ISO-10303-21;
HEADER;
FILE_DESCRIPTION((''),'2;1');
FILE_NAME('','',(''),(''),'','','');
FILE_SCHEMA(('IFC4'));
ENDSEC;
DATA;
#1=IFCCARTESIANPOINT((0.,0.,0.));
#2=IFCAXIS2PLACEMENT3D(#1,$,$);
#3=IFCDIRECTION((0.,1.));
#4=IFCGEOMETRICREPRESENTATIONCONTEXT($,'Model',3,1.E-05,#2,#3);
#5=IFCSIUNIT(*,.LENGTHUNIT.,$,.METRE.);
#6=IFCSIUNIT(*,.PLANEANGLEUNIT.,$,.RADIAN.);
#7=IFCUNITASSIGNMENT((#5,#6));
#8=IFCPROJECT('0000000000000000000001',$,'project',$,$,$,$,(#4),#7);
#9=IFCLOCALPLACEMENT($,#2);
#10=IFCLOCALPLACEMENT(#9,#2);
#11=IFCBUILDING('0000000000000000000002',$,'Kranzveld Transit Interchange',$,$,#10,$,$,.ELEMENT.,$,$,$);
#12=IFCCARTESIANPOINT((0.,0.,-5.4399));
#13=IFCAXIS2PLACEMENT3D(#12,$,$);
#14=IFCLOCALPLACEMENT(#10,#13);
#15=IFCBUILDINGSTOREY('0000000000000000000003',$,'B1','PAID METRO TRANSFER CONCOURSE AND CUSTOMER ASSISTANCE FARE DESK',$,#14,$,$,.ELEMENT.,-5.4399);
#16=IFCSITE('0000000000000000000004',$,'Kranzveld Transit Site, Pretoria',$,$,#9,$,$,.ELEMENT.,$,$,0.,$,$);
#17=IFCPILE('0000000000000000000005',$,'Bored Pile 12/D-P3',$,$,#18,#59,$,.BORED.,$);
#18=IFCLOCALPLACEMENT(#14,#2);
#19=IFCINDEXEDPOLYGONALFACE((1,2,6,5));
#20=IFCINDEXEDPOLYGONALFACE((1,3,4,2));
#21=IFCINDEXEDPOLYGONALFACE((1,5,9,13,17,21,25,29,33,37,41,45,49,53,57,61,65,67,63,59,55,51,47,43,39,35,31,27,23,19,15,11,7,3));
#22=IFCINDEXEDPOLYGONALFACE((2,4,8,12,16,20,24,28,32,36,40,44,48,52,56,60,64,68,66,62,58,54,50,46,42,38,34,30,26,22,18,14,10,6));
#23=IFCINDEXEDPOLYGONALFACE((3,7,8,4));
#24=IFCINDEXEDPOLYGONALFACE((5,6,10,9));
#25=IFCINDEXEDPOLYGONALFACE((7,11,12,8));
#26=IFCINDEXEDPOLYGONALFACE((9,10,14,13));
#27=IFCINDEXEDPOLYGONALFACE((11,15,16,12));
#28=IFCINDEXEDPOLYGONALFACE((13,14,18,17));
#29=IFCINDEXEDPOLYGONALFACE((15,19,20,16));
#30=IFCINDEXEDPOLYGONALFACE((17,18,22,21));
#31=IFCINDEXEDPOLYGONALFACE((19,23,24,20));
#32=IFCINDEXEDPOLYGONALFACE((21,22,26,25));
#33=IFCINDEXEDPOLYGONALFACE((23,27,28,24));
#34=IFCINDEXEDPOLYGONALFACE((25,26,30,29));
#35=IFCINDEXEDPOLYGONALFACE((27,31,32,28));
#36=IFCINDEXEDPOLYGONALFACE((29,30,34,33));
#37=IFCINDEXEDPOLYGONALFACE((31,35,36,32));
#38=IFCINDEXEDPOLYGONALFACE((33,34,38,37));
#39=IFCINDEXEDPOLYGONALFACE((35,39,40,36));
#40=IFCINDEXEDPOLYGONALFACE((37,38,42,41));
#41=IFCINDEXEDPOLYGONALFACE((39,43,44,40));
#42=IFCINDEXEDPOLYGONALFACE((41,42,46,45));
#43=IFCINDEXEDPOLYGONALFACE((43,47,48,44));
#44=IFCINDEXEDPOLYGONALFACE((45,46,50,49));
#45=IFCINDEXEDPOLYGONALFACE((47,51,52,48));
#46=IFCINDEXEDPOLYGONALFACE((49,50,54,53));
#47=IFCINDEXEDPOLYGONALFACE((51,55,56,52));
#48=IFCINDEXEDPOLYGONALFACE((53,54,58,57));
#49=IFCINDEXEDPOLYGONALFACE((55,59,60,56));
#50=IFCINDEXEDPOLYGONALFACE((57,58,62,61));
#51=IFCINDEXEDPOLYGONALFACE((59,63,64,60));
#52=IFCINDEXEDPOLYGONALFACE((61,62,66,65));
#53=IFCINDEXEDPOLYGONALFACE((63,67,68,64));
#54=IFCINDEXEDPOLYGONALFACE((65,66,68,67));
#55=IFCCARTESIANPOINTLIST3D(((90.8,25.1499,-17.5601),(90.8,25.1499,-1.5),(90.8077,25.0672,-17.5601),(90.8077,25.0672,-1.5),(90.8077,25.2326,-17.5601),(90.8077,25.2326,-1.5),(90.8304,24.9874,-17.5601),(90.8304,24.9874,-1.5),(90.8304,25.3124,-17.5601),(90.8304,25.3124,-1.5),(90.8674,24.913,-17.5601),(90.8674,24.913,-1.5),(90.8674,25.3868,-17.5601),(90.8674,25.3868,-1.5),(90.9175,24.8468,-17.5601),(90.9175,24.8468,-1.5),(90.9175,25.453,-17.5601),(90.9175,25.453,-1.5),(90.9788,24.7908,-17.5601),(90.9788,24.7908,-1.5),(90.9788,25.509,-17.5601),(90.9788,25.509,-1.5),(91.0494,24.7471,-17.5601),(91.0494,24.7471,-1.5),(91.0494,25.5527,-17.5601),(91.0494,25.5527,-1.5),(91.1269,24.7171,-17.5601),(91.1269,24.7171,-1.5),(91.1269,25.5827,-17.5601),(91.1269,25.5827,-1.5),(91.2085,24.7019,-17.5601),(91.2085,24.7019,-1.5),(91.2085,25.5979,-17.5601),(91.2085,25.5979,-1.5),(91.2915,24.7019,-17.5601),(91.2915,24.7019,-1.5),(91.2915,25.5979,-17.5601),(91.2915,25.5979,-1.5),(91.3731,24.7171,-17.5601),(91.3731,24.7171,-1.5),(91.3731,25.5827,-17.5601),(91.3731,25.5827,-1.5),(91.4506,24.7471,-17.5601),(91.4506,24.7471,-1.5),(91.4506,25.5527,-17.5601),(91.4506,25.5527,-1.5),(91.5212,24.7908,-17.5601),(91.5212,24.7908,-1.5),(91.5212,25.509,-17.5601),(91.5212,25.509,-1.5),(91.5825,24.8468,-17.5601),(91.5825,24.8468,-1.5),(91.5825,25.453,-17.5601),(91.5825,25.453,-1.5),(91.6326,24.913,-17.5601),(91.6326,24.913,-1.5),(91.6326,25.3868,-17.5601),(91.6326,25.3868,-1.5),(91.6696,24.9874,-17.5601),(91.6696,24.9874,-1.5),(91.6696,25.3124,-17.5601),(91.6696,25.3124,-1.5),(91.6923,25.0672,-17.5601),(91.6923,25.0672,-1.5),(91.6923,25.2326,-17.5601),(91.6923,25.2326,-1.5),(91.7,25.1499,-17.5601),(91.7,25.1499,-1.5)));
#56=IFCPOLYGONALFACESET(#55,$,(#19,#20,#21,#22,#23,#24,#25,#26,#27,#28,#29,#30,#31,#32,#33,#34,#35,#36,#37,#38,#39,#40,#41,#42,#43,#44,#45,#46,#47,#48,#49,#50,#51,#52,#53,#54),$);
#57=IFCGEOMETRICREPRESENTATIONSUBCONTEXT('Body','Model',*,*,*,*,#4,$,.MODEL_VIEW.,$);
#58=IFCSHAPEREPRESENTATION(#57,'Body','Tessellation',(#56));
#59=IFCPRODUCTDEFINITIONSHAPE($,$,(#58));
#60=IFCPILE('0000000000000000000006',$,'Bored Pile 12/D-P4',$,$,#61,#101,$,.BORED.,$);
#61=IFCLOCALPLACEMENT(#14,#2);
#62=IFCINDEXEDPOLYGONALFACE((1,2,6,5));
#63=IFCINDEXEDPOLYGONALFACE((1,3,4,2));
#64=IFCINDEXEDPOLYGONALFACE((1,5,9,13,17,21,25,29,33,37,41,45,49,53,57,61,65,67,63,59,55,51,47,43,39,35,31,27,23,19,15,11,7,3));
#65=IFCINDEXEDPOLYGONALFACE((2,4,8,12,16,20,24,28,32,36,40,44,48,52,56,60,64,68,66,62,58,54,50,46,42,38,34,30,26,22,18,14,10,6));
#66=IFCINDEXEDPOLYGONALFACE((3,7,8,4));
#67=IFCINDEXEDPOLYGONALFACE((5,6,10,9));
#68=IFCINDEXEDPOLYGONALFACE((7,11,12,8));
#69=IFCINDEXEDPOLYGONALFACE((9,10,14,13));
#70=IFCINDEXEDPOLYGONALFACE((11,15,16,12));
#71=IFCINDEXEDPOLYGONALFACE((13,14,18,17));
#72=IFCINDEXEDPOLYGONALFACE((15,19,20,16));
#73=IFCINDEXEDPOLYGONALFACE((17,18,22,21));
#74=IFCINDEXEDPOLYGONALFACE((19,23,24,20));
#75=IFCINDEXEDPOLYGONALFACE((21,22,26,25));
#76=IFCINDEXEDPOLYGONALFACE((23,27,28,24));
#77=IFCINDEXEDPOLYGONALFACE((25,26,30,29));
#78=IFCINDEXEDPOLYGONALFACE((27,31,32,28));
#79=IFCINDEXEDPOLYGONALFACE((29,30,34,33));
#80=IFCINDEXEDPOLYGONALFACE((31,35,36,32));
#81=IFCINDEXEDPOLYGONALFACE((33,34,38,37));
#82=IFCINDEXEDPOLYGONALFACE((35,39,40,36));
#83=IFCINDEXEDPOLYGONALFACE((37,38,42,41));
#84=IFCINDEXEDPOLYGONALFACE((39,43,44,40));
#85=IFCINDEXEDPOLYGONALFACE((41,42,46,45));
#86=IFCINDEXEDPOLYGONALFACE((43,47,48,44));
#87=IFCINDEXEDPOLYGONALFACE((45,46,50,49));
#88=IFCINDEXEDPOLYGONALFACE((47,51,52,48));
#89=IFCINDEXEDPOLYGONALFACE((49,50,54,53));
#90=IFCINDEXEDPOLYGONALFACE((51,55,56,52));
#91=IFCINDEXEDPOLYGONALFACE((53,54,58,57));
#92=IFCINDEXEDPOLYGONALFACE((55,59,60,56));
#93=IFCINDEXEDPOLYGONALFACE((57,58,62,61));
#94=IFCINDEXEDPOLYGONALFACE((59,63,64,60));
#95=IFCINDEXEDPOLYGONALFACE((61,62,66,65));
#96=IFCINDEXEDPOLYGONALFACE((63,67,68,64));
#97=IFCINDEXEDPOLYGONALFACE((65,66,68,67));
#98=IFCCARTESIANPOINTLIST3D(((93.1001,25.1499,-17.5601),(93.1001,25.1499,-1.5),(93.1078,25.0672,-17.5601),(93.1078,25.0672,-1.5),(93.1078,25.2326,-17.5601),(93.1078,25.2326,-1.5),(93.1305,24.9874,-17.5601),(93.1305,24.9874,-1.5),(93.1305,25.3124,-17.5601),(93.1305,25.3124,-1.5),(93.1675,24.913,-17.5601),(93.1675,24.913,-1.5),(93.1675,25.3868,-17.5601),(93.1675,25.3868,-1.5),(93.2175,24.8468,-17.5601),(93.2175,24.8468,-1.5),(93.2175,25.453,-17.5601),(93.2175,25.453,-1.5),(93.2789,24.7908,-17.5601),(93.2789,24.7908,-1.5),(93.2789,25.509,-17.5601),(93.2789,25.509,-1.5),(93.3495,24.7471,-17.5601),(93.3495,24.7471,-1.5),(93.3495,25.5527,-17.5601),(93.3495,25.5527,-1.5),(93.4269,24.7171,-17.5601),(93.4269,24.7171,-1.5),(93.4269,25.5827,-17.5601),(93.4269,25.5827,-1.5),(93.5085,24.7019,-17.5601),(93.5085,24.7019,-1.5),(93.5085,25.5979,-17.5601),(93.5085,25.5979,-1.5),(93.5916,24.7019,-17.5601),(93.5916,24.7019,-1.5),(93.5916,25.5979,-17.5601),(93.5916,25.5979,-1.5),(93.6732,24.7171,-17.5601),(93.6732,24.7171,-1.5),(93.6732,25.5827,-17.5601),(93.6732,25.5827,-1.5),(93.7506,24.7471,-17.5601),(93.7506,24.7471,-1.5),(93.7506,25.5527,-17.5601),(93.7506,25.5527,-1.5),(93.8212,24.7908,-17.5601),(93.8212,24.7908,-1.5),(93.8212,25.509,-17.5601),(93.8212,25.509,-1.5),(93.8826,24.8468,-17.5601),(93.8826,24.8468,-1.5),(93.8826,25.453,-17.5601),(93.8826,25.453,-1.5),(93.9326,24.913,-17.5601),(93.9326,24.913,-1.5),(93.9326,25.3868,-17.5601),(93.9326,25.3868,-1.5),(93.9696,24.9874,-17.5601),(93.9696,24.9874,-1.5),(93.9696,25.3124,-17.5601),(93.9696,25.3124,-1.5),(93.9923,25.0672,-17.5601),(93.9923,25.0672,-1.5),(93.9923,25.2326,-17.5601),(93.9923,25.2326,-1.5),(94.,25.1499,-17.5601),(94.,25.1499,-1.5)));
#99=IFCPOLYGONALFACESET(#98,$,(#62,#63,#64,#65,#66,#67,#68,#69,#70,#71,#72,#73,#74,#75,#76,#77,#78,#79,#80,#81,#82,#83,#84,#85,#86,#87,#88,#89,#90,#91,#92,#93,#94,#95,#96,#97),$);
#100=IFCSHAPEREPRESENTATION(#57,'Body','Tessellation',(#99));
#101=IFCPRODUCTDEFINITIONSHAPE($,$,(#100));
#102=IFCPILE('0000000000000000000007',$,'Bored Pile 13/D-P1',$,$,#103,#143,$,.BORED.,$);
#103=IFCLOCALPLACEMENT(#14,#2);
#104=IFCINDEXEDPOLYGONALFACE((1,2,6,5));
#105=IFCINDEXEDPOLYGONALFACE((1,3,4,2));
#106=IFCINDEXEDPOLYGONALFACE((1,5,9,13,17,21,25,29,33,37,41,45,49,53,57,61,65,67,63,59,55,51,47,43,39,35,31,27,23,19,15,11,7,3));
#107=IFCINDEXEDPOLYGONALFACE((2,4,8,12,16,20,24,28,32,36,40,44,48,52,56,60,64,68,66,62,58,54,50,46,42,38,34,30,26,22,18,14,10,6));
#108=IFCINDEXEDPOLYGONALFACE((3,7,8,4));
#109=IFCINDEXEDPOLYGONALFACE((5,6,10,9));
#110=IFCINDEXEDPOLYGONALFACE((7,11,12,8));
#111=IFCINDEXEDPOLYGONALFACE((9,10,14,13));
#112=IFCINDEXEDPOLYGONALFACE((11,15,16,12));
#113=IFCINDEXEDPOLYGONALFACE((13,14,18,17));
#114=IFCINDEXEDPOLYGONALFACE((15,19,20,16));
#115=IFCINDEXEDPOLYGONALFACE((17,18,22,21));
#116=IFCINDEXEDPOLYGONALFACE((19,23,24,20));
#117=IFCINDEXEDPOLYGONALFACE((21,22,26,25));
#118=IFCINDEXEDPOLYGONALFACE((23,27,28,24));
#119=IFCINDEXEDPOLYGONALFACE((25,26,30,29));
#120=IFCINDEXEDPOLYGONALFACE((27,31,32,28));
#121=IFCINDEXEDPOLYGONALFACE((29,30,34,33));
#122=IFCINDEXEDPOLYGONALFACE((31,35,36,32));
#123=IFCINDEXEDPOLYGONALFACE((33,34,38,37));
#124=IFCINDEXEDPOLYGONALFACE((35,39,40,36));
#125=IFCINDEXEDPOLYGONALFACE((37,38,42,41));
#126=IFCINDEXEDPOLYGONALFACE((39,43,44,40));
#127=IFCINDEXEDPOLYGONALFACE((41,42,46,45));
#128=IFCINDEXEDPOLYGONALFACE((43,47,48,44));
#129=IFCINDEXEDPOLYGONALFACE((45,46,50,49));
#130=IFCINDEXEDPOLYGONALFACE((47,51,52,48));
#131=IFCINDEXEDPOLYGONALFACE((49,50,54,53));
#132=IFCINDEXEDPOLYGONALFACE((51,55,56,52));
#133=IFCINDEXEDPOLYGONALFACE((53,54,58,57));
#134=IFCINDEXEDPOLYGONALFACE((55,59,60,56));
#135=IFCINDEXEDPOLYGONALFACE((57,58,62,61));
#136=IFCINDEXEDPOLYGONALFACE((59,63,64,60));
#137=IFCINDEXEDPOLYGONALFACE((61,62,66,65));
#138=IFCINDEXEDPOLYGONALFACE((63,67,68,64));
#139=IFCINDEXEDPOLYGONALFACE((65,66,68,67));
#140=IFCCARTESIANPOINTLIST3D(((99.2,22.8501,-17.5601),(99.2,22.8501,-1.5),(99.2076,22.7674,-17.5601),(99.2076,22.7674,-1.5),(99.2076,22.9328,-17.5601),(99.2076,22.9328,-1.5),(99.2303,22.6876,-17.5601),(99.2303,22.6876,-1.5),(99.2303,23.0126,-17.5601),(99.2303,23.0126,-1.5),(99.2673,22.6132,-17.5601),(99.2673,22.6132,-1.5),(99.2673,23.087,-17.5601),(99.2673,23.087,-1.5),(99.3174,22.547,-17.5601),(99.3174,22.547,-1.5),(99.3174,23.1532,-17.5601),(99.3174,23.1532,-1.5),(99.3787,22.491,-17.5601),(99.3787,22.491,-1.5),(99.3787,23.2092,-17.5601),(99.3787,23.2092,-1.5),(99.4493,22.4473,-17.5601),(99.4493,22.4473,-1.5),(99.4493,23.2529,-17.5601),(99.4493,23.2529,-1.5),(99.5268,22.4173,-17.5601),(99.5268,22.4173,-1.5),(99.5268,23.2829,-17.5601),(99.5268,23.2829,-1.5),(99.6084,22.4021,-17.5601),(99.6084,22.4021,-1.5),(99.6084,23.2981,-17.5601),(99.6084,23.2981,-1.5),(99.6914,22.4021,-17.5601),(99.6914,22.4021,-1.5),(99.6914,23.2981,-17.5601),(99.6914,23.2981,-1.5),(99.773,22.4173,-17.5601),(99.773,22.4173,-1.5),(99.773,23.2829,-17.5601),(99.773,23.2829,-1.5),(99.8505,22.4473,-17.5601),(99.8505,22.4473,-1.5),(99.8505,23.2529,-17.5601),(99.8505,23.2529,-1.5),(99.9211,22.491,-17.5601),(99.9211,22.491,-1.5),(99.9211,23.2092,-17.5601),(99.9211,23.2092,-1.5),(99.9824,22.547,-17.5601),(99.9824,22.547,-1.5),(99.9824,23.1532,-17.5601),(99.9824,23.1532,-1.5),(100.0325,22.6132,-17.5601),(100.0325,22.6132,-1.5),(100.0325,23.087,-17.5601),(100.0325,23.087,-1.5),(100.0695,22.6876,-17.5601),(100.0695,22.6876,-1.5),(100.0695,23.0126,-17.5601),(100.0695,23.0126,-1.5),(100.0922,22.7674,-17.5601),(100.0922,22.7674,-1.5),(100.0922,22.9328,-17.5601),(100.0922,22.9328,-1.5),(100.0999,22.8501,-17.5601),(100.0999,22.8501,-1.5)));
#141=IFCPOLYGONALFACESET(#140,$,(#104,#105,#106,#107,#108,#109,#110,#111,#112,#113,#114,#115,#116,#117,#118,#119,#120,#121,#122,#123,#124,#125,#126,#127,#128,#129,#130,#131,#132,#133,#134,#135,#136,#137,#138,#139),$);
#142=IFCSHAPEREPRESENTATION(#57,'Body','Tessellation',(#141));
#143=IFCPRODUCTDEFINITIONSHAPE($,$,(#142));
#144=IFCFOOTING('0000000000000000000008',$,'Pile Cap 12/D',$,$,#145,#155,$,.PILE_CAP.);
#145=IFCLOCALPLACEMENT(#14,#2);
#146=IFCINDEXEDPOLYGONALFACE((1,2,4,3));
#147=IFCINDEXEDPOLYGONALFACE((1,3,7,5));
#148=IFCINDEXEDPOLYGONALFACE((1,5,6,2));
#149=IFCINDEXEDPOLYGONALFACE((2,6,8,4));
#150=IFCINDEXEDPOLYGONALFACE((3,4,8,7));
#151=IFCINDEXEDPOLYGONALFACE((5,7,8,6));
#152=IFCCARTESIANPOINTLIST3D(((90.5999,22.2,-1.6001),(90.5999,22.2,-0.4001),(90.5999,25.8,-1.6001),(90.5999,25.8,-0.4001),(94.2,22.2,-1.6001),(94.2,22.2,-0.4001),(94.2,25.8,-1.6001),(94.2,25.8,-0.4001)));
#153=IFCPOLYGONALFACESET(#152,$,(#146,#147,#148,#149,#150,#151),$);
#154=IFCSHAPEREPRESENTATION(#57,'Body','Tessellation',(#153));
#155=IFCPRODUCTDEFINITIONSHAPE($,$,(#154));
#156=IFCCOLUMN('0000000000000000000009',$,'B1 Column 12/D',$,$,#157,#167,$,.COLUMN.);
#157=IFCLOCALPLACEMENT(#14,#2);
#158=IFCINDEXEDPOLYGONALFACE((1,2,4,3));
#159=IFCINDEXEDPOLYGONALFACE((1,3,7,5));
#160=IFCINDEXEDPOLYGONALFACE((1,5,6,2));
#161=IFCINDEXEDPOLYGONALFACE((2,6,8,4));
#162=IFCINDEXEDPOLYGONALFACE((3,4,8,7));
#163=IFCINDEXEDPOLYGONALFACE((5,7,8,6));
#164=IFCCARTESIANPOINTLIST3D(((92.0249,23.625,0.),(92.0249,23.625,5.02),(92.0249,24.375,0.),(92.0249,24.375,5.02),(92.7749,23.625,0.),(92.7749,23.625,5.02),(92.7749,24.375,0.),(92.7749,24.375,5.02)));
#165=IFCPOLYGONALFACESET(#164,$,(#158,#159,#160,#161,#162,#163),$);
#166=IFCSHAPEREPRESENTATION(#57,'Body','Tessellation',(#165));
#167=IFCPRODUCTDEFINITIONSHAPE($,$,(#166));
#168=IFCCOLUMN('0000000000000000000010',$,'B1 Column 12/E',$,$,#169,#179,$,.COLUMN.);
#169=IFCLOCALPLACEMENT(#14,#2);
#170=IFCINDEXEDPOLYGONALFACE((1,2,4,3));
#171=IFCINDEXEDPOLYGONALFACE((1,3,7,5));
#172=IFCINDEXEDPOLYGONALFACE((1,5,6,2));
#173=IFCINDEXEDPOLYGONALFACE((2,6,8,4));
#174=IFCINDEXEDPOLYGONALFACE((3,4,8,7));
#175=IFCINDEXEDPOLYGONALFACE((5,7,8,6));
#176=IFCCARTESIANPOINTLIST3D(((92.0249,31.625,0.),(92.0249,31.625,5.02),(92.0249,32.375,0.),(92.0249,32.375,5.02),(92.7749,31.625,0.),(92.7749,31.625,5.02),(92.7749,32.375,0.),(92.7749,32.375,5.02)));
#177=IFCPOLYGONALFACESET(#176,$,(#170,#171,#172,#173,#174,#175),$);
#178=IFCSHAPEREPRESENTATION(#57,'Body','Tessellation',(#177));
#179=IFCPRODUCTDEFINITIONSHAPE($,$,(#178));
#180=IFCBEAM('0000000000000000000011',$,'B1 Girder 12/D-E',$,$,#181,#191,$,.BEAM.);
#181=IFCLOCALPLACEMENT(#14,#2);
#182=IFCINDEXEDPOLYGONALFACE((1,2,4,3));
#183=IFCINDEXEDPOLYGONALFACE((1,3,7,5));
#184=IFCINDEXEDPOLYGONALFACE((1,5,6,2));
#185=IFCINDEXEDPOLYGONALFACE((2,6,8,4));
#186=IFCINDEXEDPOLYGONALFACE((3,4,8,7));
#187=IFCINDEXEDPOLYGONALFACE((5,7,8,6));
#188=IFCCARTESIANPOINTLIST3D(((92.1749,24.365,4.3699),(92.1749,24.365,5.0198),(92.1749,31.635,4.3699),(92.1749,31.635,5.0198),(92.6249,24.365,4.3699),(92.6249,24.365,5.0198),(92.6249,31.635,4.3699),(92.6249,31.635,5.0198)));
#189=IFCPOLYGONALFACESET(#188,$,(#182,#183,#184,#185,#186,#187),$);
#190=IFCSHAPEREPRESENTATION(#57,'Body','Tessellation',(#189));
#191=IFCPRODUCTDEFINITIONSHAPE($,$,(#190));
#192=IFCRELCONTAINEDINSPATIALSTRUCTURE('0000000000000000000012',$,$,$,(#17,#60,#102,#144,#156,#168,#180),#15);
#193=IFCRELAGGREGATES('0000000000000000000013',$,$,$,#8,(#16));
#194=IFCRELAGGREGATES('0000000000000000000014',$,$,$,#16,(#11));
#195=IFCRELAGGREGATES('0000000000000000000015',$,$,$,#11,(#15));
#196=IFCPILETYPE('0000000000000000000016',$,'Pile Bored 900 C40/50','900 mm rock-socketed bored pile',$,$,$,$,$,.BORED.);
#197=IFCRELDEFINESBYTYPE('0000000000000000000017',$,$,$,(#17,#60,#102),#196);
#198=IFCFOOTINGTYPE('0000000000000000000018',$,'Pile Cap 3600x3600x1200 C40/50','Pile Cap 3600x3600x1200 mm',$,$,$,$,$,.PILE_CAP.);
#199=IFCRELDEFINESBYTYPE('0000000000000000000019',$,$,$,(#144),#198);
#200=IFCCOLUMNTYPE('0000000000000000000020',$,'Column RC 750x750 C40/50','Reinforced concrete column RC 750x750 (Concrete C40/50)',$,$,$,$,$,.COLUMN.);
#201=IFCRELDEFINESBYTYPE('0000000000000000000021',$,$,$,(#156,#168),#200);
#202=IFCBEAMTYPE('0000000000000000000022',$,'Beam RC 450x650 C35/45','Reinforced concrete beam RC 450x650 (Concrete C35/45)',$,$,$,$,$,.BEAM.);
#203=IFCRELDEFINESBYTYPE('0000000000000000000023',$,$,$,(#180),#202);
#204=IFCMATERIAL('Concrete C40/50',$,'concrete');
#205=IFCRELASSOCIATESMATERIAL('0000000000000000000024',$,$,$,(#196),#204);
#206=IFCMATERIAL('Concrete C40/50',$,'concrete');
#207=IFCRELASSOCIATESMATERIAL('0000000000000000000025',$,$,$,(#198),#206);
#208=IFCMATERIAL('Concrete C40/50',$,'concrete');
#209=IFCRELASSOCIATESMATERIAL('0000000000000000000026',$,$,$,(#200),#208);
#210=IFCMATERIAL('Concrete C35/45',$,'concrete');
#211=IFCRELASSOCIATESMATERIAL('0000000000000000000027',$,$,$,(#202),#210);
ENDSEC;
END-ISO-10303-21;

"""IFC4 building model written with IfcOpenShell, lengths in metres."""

from ifc_helpers import new_model, si_unit, direction, frame, origin, origin_2d, place, context, subcontext, project, spatial, rectangle, circle, extrude, material, material_profile, profile_set, type_object, element, save


model = new_model("IFC4")

# Units and contexts
model_context = context("Model", 3, precision=1e-05, world=origin(), true_north=direction((0.0, 1.0)))
body_context = subcontext(model_context, "Body", "Model", "MODEL_VIEW")
ifc_project = project(units=[si_unit("LENGTHUNIT", "METRE"), si_unit("PLANEANGLEUNIT", "RADIAN")], contexts=[model_context])

# Site, building, storey
site_placement = place(None, origin())
site = spatial("IfcSite", under=ifc_project, at=site_placement, Name="Kranzveld Transit Site, Pretoria", CompositionType="ELEMENT", RefElevation=0.0)
building_placement = place(site_placement, origin())
building = spatial("IfcBuilding", under=site, at=building_placement, Name="Kranzveld Transit Interchange", CompositionType="ELEMENT")
storey_placement = place(building_placement, frame((0.0, 0.0, -5.4399)))
storey = spatial("IfcBuildingStorey", under=building, at=storey_placement, Name="B1", Description="PAID METRO TRANSFER CONCOURSE AND CUSTOMER ASSISTANCE FARE DESK", CompositionType="ELEMENT", Elevation=-5.4399)

# Piles
ifc_material_1 = material(Name="Concrete C40/50", Category="concrete")
ifc_material_profile_1 = material_profile(ifc_material_1, circle(Radius=0.45, at=origin_2d()), Name="BORED PILE 900")
ifc_profile_set_1 = profile_set([ifc_material_profile_1], Name="Concrete C40/50")
pile_type = type_object("IfcPileType", Name="Pile Bored 900 C40/50", Description="900 mm rock-socketed bored pile", PredefinedType="BORED", material=ifc_profile_set_1)
for number, where, z_axis, x_axis, name in (
    (1, (91.25, 25.1499, -1.5), (0.0, 0.0, -1.0), (1.0, 0.0, 0.0), "Bored Pile 12/D-P3"),
    (2, (93.55, 25.1499, -1.5), (0.0, 0.0, -1.0), (1.0, 0.0, 0.0), "Bored Pile 12/D-P4"),
    (3, (99.6499, 22.8501, -1.5), (0.0, 0.0, -1.0), (1.0, 0.0, 0.0), "Bored Pile 13/D-P1"),
):
    element("IfcPile", number, at=place(storey_placement, frame(where, z_axis=z_axis, x_axis=x_axis)), inside=storey, type_object=pile_type, Name=name, PredefinedType="BORED", context=body_context, shape_type="SweptSolid", body=[
        extrude(circle(Radius=0.45, at=origin_2d()), origin(), (0.0, 0.0, 1.0), 16.0601),
    ])

# Footing
ifc_material_2 = material(Name="Concrete C40/50", Category="concrete")
footing_type = type_object("IfcFootingType", Name="Pile Cap 3600x3600x1200 C40/50", Description="Pile Cap 3600x3600x1200 mm", PredefinedType="PILE_CAP", material=ifc_material_2)
footing_placement = place(storey_placement, frame((92.3999, 24.0, -1.6001), z_axis=(0.0, 0.0, 1.0), x_axis=(1.0, 0.0, 0.0)))
element("IfcFooting", 4, at=footing_placement, inside=storey, type_object=footing_type, Name="Pile Cap 12/D", PredefinedType="PILE_CAP", context=body_context, shape_type="SweptSolid", body=[
    extrude(rectangle(XDim=3.6001, YDim=3.6001, at=origin_2d()), origin(), (0.0, 0.0, 1.0), 1.2),
])

# Columns
ifc_material_3 = material(Name="Concrete C40/50", Category="concrete")
ifc_material_profile_2 = material_profile(ifc_material_3, rectangle(XDim=0.75, YDim=0.75, at=origin_2d()), Name="RC 750x750")
ifc_profile_set_2 = profile_set([ifc_material_profile_2], Name="Concrete C40/50")
column_type = type_object("IfcColumnType", Name="Column RC 750x750 C40/50", Description="Reinforced concrete column RC 750x750 (Concrete C40/50)", PredefinedType="COLUMN", material=ifc_profile_set_2)
for number, where, z_axis, x_axis, name in (
    (5, (92.3999, 24.0, 0.0), (0.0, 0.0, 1.0), (1.0, 0.0, 0.0), "B1 Column 12/D"),
    (6, (92.3999, 32.0, 0.0), (0.0, 0.0, 1.0), (1.0, 0.0, 0.0), "B1 Column 12/E"),
):
    element("IfcColumn", number, at=place(storey_placement, frame(where, z_axis=z_axis, x_axis=x_axis)), inside=storey, type_object=column_type, Name=name, PredefinedType="COLUMN", context=body_context, shape_type="SweptSolid", body=[
        extrude(rectangle(XDim=0.75, YDim=0.75, at=origin_2d()), origin(), (0.0, 0.0, 1.0), 5.02),
    ])

# Beam
ifc_material_4 = material(Name="Concrete C35/45", Category="concrete")
ifc_material_profile_3 = material_profile(ifc_material_4, rectangle(XDim=0.45, YDim=0.6499, at=origin_2d()), Name="RC 450x650")
ifc_profile_set_3 = profile_set([ifc_material_profile_3], Name="Concrete C35/45")
beam_type_1 = type_object("IfcBeamType", Name="Beam RC 450x650 C35/45", Description="Reinforced concrete beam RC 450x650 (Concrete C35/45)", PredefinedType="BEAM", material=ifc_profile_set_3)
beam_1_placement = place(storey_placement, frame((92.3999, 24.365, 4.6948), z_axis=(0.0, 1.0, 0.0), x_axis=(-1.0, 0.0, 0.0)))
element("IfcBeam", 7, at=beam_1_placement, inside=storey, type_object=beam_type_1, Name="B1 Girder 12/D-E", PredefinedType="BEAM", context=body_context, shape_type="SweptSolid", body=[
    extrude(rectangle(XDim=0.45, YDim=0.6499, at=origin_2d()), origin(), (0.0, 0.0, 1.0), 7.27),
])

save(model, "model.ifc")
